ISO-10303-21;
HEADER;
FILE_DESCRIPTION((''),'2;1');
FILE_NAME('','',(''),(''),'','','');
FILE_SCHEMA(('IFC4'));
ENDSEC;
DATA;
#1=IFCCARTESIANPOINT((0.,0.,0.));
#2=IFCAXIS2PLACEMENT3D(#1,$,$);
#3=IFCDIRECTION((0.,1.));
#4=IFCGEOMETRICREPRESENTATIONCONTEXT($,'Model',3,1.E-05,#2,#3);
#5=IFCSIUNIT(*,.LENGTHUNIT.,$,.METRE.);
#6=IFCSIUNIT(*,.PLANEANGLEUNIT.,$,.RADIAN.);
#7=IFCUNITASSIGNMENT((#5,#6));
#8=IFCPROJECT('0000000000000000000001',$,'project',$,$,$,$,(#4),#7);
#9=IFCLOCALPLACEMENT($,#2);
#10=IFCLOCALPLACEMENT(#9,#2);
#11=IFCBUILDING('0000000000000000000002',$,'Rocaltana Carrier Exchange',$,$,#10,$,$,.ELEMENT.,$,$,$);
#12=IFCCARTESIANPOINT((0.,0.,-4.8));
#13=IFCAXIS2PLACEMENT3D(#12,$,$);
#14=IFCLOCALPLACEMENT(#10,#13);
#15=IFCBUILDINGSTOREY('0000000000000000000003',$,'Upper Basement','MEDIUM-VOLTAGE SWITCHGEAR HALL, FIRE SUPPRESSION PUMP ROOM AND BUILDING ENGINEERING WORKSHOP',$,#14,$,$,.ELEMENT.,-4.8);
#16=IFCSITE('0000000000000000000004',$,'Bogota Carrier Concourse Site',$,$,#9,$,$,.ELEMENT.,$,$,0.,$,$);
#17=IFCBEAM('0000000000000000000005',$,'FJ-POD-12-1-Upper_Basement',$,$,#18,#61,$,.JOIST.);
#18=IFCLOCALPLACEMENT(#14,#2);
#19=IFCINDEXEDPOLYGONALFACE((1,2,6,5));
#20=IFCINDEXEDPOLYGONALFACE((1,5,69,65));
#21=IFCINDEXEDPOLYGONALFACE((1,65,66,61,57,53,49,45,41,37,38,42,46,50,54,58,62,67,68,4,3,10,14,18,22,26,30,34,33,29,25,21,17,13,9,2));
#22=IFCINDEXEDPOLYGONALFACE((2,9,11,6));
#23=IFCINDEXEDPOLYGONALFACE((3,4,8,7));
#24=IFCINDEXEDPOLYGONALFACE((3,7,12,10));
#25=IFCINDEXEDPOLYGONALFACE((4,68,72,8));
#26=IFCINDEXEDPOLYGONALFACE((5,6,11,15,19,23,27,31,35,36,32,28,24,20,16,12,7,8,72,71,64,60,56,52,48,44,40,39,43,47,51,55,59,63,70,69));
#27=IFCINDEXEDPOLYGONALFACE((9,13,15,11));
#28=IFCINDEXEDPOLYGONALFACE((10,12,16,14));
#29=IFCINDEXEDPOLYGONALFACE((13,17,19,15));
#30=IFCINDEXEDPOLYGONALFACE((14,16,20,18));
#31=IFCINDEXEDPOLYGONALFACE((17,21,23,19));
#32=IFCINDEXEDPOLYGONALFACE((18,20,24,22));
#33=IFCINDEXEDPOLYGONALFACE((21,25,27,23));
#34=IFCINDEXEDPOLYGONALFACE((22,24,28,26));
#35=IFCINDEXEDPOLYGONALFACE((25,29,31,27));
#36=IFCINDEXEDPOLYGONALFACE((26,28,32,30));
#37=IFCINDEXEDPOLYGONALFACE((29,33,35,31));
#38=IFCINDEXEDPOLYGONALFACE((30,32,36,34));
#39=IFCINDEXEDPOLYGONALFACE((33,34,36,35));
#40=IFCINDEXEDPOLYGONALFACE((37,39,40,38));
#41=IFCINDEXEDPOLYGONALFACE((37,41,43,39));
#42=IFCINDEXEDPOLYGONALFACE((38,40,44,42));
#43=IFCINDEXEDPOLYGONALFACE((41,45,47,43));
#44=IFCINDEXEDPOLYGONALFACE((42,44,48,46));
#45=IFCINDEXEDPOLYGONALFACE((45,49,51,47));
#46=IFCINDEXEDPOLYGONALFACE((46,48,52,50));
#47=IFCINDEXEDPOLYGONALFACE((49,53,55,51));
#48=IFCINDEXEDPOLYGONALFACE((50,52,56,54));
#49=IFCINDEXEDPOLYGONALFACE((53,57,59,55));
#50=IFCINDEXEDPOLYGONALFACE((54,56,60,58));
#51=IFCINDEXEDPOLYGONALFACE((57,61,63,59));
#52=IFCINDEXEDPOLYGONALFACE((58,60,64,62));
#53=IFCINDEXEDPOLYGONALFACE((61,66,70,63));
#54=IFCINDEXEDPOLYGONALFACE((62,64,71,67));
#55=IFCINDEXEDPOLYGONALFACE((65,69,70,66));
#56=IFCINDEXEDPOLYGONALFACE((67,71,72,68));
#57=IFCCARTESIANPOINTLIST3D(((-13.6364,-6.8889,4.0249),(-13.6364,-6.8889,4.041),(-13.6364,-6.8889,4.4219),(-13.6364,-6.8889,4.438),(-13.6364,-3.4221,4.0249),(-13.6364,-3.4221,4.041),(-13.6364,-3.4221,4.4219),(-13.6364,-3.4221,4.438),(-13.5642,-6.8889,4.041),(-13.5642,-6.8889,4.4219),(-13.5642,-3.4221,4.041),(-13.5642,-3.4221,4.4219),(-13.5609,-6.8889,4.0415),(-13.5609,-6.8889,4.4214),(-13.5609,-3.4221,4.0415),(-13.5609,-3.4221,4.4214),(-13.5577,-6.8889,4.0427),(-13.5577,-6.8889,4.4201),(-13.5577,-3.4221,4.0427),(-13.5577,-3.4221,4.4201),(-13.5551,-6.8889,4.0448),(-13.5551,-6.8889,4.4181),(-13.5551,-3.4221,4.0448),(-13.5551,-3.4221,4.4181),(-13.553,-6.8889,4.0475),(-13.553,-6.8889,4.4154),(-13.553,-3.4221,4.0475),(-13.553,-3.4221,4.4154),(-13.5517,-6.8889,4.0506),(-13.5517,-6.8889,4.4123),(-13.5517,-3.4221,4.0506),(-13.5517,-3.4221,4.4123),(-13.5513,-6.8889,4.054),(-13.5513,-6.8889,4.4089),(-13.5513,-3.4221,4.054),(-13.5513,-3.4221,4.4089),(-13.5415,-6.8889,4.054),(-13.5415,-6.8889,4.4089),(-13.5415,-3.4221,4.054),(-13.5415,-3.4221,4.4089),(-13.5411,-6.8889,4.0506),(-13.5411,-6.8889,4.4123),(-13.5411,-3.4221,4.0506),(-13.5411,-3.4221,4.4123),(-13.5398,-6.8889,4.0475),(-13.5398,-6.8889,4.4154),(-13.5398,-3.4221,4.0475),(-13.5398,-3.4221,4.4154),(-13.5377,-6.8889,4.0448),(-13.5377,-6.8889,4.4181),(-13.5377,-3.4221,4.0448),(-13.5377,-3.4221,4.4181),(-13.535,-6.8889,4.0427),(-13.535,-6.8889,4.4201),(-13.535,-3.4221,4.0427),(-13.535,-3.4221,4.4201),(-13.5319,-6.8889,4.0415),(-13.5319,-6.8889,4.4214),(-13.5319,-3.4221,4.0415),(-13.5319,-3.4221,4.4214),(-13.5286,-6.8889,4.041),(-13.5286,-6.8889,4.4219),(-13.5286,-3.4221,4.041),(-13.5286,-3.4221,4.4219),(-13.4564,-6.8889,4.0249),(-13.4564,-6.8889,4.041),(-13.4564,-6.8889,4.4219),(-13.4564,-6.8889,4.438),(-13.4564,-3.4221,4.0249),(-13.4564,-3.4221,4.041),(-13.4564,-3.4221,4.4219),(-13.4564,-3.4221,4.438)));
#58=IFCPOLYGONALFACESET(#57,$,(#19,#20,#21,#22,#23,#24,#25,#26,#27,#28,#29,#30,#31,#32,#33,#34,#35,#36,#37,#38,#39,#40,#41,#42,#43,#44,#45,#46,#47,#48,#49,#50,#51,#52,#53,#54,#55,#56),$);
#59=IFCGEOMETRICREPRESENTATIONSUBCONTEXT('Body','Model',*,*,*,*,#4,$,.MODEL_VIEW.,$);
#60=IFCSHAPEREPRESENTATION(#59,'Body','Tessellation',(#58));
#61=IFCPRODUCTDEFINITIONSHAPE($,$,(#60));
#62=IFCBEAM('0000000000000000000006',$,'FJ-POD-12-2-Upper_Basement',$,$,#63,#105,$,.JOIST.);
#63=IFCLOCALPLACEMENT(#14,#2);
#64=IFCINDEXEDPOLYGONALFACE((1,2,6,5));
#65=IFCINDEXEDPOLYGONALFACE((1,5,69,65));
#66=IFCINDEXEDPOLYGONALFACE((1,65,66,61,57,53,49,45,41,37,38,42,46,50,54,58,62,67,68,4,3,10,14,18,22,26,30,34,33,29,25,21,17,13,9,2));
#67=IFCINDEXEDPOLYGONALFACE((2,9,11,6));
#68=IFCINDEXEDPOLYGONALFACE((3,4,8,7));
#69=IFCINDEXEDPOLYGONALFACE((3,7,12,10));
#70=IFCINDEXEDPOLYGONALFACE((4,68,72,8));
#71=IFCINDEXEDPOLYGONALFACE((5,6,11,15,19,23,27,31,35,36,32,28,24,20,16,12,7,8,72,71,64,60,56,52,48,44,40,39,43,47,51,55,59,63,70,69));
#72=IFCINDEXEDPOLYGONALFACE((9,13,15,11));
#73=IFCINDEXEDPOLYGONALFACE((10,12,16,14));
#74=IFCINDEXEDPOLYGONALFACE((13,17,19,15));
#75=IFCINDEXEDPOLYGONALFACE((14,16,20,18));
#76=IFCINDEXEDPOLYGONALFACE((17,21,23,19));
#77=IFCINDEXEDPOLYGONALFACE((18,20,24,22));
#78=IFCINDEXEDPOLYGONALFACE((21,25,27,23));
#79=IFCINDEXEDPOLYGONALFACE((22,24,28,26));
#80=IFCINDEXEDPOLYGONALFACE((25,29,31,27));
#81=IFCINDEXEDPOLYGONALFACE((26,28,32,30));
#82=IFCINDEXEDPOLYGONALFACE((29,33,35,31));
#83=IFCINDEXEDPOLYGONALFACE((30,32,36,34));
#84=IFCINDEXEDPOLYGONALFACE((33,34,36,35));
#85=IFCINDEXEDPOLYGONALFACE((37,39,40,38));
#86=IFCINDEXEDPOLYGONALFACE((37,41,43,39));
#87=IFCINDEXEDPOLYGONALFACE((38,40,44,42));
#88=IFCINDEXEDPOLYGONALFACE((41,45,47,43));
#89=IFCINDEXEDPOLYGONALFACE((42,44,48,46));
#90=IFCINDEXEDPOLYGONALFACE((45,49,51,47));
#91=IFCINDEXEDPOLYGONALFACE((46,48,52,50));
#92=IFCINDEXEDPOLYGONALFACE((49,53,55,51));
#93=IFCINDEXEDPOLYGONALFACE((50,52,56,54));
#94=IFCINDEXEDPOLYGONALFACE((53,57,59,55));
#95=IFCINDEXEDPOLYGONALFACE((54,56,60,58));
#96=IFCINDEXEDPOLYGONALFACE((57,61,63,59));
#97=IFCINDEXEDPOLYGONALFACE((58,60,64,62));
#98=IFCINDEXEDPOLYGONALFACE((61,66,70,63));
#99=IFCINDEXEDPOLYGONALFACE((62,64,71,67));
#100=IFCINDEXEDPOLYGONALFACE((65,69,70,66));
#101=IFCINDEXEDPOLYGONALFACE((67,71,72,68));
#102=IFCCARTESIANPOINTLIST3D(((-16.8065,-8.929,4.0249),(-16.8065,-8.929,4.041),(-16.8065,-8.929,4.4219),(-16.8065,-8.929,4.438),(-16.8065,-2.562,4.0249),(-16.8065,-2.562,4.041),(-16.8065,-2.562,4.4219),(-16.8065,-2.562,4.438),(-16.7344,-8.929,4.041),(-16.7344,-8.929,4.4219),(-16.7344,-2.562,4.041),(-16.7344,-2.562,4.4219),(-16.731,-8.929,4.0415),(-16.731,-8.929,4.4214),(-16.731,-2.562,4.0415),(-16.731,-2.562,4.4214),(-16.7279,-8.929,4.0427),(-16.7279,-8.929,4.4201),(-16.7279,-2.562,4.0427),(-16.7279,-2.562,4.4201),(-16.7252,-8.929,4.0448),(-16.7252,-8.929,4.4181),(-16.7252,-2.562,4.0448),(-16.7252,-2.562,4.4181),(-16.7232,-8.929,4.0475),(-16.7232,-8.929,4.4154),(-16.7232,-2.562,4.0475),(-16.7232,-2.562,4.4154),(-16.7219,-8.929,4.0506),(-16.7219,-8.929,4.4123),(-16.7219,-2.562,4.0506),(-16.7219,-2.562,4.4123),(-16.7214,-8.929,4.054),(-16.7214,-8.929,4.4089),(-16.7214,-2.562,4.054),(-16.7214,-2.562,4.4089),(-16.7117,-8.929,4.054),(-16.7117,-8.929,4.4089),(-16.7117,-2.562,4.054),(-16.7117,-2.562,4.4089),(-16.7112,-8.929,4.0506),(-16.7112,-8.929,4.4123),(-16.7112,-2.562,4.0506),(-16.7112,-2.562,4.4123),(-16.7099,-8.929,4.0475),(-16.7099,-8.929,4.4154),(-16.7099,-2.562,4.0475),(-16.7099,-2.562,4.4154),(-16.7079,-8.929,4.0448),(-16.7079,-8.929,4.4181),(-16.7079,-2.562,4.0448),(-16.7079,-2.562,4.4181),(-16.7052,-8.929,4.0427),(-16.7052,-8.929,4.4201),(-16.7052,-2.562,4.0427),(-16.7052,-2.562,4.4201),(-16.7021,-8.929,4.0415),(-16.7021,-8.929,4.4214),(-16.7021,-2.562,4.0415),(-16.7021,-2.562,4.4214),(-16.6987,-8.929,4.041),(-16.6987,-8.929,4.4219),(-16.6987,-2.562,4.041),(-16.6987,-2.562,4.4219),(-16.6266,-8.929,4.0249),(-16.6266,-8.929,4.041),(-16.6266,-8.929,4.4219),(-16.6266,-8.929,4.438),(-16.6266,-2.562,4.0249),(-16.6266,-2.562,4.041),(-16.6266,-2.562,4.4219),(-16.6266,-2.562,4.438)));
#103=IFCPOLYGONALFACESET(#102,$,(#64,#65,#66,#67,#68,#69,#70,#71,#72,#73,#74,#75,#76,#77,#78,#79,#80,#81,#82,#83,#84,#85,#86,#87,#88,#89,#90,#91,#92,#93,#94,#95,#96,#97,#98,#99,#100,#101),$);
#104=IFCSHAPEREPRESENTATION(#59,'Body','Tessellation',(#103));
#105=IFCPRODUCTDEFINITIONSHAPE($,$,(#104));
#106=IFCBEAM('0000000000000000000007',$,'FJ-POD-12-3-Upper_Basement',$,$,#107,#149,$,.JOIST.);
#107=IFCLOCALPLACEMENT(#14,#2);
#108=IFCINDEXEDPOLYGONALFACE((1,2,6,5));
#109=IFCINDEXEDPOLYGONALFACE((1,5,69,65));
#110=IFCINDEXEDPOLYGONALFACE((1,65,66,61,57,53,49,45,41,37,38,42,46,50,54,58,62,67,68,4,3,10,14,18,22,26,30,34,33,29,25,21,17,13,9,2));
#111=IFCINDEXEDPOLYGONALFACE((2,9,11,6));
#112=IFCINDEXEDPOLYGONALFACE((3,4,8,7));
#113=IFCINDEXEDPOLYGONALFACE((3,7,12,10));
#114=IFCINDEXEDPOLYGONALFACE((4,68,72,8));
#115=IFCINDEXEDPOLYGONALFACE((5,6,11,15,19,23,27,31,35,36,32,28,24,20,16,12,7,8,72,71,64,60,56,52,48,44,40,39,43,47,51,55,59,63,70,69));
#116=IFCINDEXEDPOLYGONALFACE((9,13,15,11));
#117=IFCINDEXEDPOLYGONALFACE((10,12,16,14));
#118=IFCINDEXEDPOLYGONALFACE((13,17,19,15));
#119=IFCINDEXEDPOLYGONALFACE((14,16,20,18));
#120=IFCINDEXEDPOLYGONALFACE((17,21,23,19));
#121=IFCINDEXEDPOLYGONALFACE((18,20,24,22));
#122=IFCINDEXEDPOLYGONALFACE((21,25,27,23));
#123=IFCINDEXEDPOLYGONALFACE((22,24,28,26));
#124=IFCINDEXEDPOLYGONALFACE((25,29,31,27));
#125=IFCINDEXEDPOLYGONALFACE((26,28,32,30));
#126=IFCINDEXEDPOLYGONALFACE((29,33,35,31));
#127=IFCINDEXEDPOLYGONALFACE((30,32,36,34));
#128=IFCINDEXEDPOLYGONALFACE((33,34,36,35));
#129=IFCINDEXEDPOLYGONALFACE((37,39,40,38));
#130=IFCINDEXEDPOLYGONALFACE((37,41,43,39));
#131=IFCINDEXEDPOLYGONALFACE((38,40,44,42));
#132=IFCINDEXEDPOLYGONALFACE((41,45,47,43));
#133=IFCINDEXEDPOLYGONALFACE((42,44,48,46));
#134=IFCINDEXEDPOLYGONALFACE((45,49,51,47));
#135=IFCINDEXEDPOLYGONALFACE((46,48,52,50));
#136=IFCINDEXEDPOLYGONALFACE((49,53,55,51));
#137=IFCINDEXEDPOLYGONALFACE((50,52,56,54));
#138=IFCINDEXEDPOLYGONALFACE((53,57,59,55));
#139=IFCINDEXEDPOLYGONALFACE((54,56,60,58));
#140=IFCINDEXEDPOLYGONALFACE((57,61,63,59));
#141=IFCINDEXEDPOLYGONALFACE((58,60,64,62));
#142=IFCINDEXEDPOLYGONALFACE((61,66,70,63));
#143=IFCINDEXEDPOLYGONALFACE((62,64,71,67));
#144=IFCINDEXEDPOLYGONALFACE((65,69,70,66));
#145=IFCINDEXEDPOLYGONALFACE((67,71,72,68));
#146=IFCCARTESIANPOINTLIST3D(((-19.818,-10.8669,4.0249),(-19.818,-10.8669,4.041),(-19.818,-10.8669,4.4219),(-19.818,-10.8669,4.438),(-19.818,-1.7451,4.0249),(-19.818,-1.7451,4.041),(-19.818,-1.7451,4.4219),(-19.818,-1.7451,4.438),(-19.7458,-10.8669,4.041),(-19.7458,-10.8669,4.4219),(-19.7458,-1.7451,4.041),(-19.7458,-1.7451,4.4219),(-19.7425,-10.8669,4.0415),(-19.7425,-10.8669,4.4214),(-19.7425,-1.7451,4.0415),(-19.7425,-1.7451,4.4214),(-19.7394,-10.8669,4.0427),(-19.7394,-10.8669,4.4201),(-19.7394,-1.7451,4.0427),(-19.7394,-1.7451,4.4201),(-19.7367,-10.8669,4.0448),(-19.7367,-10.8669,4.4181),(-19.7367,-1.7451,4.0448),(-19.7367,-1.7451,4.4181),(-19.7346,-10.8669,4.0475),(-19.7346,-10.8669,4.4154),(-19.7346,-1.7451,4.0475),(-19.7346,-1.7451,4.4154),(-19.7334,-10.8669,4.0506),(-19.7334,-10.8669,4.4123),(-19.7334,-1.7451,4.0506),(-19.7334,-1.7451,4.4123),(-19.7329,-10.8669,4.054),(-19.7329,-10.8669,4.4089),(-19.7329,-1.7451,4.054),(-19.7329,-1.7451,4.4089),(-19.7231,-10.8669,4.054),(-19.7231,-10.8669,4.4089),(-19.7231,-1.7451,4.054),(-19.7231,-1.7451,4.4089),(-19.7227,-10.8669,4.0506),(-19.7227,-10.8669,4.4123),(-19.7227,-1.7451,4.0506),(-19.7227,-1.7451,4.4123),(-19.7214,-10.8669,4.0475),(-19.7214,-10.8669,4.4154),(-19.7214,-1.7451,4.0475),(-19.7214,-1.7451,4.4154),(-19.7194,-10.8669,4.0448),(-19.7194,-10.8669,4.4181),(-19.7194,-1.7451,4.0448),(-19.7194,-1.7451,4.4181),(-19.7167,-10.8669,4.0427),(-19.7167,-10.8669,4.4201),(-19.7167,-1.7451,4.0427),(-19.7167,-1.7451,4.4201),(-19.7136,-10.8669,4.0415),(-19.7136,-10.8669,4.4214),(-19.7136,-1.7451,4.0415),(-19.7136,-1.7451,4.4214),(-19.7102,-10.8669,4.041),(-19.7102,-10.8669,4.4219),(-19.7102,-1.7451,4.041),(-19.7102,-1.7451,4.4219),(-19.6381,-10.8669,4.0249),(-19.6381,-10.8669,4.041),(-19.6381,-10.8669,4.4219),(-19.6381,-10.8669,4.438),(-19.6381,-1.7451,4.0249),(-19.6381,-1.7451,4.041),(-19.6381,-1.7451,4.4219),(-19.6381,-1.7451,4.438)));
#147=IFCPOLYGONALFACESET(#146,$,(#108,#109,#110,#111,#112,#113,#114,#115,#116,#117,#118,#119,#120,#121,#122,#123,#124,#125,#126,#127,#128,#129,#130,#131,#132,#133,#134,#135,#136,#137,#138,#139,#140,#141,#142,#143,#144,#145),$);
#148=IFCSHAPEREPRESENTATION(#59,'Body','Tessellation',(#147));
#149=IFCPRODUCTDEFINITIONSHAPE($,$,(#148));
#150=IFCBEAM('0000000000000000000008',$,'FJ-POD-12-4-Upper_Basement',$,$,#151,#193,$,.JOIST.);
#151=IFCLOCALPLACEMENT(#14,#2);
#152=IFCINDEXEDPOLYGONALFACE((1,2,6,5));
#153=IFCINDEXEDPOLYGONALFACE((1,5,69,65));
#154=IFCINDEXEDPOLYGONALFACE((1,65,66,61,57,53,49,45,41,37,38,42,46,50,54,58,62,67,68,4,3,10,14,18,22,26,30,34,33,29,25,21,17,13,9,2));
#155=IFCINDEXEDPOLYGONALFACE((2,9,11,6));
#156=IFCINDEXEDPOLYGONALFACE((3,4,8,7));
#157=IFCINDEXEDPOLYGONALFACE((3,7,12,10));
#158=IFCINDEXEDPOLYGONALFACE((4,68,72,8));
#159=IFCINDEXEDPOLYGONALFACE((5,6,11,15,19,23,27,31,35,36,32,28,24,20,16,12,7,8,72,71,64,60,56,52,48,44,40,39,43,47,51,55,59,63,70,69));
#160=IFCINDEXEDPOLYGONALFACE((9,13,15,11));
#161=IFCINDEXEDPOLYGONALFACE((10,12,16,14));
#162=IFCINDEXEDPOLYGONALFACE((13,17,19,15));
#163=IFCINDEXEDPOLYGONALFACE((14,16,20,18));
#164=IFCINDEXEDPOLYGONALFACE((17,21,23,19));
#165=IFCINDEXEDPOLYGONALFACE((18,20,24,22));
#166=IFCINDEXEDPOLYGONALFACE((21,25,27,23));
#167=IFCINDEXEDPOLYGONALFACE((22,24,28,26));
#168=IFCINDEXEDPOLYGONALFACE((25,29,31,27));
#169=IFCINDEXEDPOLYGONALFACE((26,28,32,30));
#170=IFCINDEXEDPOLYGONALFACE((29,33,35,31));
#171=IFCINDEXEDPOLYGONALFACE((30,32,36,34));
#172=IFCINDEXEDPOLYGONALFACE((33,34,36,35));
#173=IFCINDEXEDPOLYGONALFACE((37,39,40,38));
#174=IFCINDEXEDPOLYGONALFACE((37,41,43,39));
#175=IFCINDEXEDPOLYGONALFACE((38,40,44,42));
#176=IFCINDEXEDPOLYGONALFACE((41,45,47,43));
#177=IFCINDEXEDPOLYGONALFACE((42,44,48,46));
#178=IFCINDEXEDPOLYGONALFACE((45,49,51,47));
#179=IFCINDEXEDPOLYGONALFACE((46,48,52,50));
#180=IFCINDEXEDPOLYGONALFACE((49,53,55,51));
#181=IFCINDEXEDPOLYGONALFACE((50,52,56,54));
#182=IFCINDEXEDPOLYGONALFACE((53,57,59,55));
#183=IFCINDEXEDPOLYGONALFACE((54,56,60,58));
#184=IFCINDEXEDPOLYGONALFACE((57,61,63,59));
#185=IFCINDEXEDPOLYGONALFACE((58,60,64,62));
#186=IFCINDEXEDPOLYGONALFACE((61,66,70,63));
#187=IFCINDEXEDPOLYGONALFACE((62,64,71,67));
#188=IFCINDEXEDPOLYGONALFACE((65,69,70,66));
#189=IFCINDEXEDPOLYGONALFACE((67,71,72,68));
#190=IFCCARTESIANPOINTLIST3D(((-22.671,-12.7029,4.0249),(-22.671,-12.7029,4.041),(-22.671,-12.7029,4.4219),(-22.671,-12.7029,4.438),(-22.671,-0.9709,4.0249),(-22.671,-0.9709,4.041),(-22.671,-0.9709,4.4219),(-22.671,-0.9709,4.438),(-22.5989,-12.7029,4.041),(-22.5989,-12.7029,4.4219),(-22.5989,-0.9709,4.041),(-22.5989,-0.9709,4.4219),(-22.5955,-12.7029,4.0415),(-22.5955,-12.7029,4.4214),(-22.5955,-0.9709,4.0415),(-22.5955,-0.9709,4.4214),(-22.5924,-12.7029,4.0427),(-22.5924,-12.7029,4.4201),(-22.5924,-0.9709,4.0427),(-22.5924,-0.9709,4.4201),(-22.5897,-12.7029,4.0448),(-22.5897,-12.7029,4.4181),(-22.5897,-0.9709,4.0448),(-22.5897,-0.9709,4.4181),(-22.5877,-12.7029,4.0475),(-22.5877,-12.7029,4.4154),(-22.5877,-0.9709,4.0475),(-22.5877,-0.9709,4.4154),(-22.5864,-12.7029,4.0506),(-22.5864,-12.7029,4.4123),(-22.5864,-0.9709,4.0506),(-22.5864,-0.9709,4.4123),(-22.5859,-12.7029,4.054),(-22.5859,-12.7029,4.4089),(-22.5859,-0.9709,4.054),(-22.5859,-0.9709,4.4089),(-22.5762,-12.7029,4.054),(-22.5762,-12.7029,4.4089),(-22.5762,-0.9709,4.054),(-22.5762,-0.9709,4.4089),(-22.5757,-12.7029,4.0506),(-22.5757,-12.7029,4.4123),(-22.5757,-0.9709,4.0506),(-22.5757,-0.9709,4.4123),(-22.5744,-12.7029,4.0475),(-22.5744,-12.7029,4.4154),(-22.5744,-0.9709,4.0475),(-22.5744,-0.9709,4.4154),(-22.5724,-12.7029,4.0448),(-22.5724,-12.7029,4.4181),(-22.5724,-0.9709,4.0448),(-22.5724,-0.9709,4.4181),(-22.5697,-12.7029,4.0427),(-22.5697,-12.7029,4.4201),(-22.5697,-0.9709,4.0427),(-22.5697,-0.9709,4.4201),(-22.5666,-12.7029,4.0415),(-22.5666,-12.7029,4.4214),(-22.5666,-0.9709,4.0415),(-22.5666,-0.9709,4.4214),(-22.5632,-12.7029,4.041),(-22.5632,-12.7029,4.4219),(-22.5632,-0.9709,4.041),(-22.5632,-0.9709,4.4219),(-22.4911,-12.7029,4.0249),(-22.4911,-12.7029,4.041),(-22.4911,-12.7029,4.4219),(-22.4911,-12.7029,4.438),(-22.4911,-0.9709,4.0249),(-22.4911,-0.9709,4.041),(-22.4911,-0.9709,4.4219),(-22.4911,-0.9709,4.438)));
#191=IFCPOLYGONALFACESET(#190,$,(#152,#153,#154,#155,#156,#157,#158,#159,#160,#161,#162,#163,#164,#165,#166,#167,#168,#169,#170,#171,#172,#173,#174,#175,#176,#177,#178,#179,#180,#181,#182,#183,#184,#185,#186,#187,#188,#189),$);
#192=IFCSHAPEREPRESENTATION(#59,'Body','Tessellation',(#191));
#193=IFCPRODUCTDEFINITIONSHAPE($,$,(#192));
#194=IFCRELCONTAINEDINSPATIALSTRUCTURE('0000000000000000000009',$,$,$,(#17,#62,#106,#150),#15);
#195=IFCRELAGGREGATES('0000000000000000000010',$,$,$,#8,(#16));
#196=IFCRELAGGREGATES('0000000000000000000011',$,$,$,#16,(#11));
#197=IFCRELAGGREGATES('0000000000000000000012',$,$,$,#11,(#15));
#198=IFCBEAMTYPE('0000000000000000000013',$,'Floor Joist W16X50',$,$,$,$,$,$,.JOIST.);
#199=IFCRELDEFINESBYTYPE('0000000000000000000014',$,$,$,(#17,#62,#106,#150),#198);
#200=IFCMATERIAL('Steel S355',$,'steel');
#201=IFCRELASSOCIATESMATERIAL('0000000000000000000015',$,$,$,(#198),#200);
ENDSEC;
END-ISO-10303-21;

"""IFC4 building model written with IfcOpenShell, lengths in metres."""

from ifc_helpers import new_model, si_unit, direction, frame, origin, origin_2d, place, context, subcontext, project, spatial, i_section, extrude, material, material_profile, profile_set, type_object, element, save


model = new_model("IFC4")

# Units and contexts
model_context = context("Model", 3, precision=1e-05, world=origin(), true_north=direction((0.0, 1.0)))
body_context = subcontext(model_context, "Body", "Model", "MODEL_VIEW")
ifc_project = project(units=[si_unit("LENGTHUNIT", "METRE"), si_unit("PLANEANGLEUNIT", "RADIAN")], contexts=[model_context])

# Site, building, storey
site_placement = place(None, origin())
site = spatial("IfcSite", under=ifc_project, at=site_placement, Name="Bogota Carrier Concourse Site", CompositionType="ELEMENT", RefElevation=0.0)
building_placement = place(site_placement, origin())
building = spatial("IfcBuilding", under=site, at=building_placement, Name="Rocaltana Carrier Exchange", CompositionType="ELEMENT")
storey_placement = place(building_placement, frame((0.0, 0.0, -4.8)))
storey = spatial("IfcBuildingStorey", under=building, at=storey_placement, Name="Upper Basement", Description="MEDIUM-VOLTAGE SWITCHGEAR HALL, FIRE SUPPRESSION PUMP ROOM AND BUILDING ENGINEERING WORKSHOP", CompositionType="ELEMENT", Elevation=-4.8)

# Beams
ifc_material_1 = material(Name="Steel S355", Category="steel")
ifc_material_profile_1 = material_profile(ifc_material_1, i_section(OverallWidth=0.1799, OverallDepth=0.4131, WebThickness=0.0098, FlangeThickness=0.0161, FilletRadius=0.0129, at=origin_2d()), Name="W16X50")
ifc_profile_set_1 = profile_set([ifc_material_profile_1], Name="Steel S355")
beam_type_1 = type_object("IfcBeamType", Name="Floor Joist W16X50", PredefinedType="JOIST", material=ifc_profile_set_1)
beam_1_placement = place(storey_placement, frame((-13.5464, -3.4221, 4.2314), z_axis=(0.0, -1.0, 0.0), x_axis=(1.0, 0.0, 0.0)))
element("IfcBeam", 1, at=beam_1_placement, inside=storey, type_object=beam_type_1, Name="FJ-POD-12-1-Upper_Basement", PredefinedType="JOIST", context=body_context, shape_type="SweptSolid", body=[
    extrude(i_section(OverallWidth=0.1799, OverallDepth=0.4131, WebThickness=0.0098, FlangeThickness=0.0161, FilletRadius=0.0129, at=origin_2d()), origin(), (0.0, 0.0, 1.0), 3.4668),
])
beam_2_placement = place(storey_placement, frame((-16.7166, -2.562, 4.2314), z_axis=(0.0, -1.0, 0.0), x_axis=(1.0, 0.0, 0.0)))
element("IfcBeam", 2, at=beam_2_placement, inside=storey, type_object=beam_type_1, Name="FJ-POD-12-2-Upper_Basement", PredefinedType="JOIST", context=body_context, shape_type="SweptSolid", body=[
    extrude(i_section(OverallWidth=0.1799, OverallDepth=0.4131, WebThickness=0.0098, FlangeThickness=0.0161, FilletRadius=0.0129, at=origin_2d()), origin(), (0.0, 0.0, 1.0), 6.3669),
])
beam_3_placement = place(storey_placement, frame((-19.728, -1.7451, 4.2314), z_axis=(0.0, -1.0, 0.0), x_axis=(1.0, 0.0, 0.0)))
element("IfcBeam", 3, at=beam_3_placement, inside=storey, type_object=beam_type_1, Name="FJ-POD-12-3-Upper_Basement", PredefinedType="JOIST", context=body_context, shape_type="SweptSolid", body=[
    extrude(i_section(OverallWidth=0.1799, OverallDepth=0.4131, WebThickness=0.0098, FlangeThickness=0.0161, FilletRadius=0.0129, at=origin_2d()), origin(), (0.0, 0.0, 1.0), 9.1218),
])
beam_4_placement = place(storey_placement, frame((-22.5811, -0.9709, 4.2314), z_axis=(0.0, -1.0, 0.0), x_axis=(1.0, 0.0, 0.0)))
element("IfcBeam", 4, at=beam_4_placement, inside=storey, type_object=beam_type_1, Name="FJ-POD-12-4-Upper_Basement", PredefinedType="JOIST", context=body_context, shape_type="SweptSolid", body=[
    extrude(i_section(OverallWidth=0.1799, OverallDepth=0.4131, WebThickness=0.0098, FlangeThickness=0.0161, FilletRadius=0.0129, at=origin_2d()), origin(), (0.0, 0.0, 1.0), 11.7319),
])

save(model, "model.ifc")
